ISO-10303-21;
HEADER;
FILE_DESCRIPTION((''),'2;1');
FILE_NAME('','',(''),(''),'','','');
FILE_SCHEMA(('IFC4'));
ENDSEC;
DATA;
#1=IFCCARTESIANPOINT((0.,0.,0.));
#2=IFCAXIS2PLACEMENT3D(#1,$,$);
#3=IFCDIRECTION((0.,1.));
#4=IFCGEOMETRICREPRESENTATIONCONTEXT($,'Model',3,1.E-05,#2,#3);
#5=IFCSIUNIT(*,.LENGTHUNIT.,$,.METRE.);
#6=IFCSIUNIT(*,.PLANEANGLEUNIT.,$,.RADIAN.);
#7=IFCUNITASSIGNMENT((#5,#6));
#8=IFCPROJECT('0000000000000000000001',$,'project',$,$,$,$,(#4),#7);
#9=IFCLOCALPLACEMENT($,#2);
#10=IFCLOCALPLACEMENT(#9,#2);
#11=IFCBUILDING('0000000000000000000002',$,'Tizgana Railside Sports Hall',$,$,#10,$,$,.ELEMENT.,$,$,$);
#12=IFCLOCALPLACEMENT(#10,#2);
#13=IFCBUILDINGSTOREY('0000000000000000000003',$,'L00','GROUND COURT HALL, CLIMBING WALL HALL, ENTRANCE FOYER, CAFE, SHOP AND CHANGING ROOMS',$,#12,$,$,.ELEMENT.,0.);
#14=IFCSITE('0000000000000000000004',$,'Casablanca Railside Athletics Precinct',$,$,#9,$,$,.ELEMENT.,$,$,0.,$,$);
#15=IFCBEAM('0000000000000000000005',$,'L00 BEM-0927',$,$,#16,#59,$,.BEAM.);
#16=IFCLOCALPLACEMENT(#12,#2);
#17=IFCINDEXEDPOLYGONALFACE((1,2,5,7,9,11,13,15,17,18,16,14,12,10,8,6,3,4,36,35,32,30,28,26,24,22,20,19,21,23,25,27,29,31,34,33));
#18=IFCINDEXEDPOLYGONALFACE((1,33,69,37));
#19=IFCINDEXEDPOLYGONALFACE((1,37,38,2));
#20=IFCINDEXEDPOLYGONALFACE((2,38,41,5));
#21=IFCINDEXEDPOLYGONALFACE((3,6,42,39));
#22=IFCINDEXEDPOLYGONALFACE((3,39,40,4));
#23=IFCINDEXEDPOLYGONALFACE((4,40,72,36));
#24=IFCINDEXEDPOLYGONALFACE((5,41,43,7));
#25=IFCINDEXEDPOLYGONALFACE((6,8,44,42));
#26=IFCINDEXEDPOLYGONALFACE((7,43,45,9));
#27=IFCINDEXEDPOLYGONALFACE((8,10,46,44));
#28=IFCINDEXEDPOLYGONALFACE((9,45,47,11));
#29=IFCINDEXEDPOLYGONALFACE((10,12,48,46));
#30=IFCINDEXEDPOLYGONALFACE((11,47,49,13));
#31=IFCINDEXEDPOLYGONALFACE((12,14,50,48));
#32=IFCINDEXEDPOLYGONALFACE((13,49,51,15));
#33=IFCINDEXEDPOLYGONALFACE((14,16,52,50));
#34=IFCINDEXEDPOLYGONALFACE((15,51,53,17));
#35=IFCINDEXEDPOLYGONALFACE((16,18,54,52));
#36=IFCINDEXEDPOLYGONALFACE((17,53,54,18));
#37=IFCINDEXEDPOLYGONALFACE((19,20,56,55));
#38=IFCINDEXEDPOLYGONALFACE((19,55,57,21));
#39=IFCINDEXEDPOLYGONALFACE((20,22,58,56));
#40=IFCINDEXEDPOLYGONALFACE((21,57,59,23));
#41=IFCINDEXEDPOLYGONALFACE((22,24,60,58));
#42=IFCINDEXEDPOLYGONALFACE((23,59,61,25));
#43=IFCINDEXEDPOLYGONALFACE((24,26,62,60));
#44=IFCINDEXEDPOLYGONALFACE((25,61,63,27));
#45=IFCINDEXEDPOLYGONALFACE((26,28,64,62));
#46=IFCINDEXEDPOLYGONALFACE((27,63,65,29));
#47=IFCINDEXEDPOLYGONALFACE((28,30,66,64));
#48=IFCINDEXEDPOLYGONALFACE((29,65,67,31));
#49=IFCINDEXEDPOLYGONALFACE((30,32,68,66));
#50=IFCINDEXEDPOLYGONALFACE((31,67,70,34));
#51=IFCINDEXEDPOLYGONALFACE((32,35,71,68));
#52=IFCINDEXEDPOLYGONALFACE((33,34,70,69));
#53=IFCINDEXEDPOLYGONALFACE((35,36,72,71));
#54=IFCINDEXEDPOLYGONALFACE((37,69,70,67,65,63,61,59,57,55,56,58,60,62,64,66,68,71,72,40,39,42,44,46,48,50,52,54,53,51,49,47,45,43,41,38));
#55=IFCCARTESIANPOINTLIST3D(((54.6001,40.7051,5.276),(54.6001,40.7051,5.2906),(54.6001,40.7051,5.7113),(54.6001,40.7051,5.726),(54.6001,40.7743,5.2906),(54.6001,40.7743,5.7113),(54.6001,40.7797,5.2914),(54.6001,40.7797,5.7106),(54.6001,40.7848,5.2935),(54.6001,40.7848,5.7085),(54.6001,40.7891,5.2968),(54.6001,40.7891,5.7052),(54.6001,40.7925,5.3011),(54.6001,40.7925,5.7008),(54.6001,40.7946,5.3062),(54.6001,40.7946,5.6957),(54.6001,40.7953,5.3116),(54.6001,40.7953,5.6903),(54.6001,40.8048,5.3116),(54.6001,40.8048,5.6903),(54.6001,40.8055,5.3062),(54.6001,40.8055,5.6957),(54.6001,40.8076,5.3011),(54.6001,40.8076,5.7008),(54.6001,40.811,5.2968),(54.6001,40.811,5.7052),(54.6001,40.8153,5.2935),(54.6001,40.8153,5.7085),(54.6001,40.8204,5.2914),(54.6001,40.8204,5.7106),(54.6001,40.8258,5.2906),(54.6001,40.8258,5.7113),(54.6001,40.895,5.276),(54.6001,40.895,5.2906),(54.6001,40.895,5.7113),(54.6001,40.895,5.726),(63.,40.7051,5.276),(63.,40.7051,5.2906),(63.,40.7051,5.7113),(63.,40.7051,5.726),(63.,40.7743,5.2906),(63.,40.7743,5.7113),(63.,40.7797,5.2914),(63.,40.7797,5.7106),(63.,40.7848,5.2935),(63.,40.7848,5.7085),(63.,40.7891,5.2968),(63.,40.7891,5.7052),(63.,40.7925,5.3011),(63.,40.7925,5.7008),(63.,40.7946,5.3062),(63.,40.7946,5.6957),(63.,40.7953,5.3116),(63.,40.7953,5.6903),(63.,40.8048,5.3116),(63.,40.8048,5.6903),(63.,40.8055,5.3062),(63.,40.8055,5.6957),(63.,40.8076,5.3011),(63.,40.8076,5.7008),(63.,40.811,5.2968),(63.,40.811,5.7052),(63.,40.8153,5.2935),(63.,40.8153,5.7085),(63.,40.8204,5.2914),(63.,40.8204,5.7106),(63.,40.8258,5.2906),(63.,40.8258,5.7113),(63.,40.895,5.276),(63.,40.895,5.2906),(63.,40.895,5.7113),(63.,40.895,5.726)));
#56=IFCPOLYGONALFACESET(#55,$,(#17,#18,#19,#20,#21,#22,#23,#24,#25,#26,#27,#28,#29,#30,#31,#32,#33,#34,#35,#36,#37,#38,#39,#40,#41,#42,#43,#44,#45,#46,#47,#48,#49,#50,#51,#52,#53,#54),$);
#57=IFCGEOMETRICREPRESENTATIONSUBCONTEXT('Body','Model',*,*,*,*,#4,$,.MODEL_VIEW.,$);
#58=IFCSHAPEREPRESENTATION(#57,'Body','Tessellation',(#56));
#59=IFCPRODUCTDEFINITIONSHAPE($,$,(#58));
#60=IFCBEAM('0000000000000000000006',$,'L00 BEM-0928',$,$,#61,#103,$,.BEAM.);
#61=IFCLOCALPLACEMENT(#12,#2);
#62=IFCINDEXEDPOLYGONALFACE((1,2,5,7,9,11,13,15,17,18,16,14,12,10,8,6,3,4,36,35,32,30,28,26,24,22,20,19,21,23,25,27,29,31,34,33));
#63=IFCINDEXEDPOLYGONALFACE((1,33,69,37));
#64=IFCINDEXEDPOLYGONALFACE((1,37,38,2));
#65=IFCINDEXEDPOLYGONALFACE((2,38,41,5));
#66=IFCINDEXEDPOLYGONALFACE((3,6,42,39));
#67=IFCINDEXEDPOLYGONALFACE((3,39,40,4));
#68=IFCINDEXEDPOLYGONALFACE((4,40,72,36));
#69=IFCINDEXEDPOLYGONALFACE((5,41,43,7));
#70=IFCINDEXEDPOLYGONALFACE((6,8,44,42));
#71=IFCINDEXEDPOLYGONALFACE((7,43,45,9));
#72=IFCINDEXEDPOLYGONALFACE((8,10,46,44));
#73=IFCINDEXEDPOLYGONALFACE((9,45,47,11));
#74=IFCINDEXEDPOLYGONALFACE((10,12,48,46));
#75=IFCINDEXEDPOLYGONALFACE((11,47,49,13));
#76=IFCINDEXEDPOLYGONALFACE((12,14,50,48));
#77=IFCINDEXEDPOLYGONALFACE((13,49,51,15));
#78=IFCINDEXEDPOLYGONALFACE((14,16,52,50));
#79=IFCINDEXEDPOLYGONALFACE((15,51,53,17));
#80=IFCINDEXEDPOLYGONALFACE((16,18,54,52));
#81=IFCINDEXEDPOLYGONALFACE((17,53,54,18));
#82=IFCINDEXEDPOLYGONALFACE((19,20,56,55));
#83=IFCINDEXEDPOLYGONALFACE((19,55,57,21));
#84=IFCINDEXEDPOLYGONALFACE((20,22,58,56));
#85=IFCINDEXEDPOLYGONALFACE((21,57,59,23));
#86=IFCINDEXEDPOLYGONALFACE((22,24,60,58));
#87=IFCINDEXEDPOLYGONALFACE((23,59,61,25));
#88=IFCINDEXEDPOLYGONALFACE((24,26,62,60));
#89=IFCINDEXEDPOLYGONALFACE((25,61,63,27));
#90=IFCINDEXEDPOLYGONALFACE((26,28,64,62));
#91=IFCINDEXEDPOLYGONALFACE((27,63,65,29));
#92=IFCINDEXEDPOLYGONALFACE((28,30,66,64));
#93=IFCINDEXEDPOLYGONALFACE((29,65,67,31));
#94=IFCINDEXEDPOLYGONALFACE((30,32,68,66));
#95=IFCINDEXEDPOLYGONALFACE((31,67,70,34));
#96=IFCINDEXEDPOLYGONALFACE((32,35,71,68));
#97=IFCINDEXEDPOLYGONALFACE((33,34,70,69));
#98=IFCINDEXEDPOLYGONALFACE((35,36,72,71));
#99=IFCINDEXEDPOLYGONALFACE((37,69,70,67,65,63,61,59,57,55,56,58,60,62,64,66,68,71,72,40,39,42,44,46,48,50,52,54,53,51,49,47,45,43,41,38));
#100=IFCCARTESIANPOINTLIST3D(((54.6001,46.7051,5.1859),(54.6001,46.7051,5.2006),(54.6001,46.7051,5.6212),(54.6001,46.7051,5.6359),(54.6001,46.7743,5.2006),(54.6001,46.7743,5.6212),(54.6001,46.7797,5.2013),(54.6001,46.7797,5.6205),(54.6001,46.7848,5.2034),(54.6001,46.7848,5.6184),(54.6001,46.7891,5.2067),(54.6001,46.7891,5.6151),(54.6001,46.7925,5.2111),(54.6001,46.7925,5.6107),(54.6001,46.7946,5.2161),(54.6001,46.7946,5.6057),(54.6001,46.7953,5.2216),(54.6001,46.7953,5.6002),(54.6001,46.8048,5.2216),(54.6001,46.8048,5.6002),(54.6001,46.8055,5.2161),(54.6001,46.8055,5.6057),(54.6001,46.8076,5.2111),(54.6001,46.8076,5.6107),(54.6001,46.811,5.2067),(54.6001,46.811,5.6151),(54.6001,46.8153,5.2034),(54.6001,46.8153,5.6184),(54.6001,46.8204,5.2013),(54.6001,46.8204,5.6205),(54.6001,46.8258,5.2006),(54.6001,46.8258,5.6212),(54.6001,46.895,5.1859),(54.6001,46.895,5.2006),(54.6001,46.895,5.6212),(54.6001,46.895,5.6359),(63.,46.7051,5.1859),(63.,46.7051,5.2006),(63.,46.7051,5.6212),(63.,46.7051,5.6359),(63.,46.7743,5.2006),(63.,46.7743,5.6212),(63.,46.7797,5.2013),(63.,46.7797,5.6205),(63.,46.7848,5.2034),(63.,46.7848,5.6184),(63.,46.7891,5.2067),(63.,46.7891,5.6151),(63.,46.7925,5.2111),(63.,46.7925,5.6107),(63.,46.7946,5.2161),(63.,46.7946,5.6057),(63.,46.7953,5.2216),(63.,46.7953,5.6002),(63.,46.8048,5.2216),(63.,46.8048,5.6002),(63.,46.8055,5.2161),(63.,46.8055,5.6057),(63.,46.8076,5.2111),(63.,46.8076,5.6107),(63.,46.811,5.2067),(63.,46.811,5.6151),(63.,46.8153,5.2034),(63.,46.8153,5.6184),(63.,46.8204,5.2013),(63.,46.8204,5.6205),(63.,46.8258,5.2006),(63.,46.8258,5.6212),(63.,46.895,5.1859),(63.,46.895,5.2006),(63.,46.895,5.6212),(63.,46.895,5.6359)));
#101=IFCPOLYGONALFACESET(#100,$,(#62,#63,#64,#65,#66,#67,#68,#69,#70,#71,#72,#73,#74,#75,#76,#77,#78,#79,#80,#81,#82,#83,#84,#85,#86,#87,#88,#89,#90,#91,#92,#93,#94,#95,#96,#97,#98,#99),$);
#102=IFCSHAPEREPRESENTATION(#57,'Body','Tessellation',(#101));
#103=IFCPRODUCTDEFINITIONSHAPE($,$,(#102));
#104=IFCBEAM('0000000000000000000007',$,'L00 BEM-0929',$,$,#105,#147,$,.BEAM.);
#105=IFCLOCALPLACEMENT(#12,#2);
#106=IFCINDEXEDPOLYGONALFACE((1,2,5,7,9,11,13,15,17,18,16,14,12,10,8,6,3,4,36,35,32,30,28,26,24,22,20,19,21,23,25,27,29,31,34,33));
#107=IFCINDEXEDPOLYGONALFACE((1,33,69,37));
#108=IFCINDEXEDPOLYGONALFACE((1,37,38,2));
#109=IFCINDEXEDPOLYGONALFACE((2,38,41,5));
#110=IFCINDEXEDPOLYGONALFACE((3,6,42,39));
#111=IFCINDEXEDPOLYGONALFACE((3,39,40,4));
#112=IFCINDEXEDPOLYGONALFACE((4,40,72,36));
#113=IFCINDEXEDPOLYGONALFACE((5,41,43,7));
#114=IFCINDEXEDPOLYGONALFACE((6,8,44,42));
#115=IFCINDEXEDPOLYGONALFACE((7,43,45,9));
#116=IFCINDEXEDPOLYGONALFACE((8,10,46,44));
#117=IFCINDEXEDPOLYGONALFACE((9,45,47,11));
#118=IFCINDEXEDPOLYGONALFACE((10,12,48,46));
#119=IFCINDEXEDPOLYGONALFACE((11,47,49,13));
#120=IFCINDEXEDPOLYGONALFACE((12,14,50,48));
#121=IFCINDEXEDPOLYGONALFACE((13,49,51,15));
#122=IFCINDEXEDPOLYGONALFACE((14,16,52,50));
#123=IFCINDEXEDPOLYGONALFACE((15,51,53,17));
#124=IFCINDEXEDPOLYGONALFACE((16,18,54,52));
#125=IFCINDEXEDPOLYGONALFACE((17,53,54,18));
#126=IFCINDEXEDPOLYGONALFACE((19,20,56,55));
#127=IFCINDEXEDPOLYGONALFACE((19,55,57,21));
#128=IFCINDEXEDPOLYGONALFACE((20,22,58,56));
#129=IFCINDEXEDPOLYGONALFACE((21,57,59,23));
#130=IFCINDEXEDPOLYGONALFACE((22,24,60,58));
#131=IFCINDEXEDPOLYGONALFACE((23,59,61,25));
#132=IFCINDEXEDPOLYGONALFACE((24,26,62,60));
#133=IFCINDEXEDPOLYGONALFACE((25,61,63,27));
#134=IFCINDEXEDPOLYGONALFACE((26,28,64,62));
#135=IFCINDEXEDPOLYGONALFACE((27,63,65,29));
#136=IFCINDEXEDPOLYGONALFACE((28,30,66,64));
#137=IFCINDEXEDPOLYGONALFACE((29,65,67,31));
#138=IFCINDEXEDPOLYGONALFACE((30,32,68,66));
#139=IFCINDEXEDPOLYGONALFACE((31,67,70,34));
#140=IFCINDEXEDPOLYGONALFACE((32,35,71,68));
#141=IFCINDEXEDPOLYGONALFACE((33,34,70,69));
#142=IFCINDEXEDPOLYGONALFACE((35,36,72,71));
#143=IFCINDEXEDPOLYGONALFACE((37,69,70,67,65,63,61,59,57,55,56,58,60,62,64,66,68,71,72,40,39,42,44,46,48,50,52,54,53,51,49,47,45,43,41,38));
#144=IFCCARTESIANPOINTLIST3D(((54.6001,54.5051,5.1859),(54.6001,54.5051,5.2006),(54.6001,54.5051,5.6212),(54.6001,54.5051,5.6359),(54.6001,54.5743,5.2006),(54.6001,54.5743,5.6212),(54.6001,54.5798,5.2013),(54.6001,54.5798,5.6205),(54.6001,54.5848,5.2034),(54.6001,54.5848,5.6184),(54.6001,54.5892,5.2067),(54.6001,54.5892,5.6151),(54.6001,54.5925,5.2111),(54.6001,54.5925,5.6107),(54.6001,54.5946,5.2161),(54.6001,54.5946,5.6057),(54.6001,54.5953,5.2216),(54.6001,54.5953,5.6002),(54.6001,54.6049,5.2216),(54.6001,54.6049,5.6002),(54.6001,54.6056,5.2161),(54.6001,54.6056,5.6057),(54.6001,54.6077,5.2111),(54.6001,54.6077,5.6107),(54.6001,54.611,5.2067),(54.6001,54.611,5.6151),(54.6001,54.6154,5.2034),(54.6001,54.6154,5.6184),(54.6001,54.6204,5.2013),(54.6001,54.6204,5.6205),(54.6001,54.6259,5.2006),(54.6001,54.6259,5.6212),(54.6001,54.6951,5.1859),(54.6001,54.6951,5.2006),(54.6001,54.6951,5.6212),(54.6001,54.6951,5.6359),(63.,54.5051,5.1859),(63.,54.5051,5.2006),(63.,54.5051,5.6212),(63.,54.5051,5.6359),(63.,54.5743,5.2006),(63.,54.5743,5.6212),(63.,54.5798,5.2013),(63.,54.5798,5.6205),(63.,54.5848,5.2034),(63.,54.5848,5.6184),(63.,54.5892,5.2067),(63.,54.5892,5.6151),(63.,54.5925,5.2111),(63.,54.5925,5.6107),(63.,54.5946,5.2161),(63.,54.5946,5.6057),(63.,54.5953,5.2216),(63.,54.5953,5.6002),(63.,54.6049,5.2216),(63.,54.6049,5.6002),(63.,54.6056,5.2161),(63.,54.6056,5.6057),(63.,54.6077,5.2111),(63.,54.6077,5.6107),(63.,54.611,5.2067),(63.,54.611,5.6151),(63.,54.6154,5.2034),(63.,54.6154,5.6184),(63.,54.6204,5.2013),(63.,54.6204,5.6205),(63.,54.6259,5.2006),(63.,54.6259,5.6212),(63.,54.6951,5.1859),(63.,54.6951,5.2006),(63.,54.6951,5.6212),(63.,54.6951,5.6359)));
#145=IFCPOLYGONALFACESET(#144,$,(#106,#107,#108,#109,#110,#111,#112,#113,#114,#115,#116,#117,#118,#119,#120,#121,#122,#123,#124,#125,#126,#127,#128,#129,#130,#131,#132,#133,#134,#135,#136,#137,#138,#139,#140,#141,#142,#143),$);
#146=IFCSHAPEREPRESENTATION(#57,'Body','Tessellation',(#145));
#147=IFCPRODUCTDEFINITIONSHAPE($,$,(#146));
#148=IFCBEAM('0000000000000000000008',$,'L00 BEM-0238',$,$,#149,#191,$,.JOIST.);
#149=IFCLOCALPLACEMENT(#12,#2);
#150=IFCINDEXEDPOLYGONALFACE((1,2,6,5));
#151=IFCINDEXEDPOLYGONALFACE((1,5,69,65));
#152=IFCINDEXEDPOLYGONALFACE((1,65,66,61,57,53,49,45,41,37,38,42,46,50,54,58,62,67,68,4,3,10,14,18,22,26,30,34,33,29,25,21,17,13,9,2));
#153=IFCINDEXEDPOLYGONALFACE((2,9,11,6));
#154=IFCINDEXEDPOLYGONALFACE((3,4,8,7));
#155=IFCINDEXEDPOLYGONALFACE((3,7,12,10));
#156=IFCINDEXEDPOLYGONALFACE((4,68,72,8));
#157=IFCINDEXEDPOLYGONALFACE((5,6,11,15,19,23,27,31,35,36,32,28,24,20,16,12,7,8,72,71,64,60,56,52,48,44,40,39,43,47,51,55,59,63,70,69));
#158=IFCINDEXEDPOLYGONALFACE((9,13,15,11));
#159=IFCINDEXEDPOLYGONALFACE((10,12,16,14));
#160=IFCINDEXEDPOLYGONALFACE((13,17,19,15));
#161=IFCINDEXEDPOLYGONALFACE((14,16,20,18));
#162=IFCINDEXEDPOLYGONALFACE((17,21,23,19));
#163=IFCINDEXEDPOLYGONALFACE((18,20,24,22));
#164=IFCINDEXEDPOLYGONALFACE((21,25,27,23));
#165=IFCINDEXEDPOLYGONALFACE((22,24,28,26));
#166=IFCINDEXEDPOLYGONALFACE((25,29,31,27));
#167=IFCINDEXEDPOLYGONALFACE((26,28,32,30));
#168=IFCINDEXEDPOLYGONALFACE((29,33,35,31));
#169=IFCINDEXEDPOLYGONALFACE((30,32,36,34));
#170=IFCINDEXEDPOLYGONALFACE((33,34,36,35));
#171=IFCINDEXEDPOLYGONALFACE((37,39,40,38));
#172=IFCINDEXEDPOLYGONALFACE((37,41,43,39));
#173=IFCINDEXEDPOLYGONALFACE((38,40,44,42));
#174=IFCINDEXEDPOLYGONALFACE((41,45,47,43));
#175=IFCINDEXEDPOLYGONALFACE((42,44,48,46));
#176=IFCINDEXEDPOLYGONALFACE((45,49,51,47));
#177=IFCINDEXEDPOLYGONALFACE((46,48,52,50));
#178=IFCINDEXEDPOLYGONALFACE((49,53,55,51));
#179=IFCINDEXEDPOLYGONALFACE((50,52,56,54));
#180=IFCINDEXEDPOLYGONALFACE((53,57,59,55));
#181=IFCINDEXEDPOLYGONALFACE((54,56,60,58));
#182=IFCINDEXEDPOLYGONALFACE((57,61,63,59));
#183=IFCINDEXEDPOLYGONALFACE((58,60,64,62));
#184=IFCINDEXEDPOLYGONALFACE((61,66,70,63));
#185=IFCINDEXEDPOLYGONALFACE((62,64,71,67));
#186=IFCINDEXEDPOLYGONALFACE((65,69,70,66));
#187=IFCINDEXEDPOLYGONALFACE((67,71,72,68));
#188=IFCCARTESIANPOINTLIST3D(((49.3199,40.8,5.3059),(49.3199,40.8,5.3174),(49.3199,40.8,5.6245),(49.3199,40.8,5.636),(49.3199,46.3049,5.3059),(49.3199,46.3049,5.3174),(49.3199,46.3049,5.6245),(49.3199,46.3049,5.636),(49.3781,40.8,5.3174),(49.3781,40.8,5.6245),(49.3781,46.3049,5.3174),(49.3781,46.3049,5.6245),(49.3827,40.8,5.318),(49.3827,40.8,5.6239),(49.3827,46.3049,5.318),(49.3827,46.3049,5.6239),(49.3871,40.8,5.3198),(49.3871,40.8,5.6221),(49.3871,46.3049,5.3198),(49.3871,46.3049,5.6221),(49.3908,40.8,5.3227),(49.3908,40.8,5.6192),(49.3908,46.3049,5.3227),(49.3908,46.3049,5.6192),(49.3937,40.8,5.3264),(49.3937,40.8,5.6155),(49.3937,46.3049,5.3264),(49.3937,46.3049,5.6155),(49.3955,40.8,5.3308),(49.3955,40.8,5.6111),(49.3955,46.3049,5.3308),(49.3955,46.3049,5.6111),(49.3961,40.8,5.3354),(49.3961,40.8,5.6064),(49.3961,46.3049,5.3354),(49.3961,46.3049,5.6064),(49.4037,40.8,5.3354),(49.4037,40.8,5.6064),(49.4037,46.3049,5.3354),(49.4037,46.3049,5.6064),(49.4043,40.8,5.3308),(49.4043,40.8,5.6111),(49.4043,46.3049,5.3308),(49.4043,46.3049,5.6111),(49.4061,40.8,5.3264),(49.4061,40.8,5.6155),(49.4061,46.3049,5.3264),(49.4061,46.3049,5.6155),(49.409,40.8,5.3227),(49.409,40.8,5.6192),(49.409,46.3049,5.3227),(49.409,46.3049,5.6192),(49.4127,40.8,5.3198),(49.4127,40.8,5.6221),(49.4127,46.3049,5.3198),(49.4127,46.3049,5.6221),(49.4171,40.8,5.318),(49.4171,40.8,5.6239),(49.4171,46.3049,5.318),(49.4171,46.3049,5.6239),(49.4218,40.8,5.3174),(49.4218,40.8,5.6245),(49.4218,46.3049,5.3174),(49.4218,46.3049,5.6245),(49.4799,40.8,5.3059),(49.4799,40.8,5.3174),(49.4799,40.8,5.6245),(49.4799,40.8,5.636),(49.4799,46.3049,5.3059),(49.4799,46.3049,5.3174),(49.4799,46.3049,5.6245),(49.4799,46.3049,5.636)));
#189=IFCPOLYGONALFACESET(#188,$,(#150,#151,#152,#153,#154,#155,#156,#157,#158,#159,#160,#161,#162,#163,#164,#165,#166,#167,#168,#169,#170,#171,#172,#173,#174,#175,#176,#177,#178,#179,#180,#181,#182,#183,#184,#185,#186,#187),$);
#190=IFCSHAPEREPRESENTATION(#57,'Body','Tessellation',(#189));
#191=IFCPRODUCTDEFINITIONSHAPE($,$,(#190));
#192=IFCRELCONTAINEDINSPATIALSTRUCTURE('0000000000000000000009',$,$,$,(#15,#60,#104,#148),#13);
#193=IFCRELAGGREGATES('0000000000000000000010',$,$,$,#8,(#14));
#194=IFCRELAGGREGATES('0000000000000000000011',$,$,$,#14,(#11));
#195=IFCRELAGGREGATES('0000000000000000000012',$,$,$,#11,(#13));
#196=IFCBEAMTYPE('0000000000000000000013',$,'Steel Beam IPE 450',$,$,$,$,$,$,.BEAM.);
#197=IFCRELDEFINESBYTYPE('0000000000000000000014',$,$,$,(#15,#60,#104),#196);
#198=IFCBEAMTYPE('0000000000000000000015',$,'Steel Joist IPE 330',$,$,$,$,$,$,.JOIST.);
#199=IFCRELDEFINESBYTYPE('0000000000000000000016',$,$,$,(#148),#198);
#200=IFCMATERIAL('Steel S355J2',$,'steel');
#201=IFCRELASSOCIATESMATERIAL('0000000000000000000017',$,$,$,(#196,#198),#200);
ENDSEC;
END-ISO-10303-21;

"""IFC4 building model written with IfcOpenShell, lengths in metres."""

from ifc_helpers import new_model, si_unit, direction, frame, origin, origin_2d, place, context, subcontext, project, spatial, i_section, extrude, material, material_profile, profile_set, type_object, element, save


model = new_model("IFC4")

# Units and contexts
model_context = context("Model", 3, precision=1e-05, world=origin(), true_north=direction((0.0, 1.0)))
body_context = subcontext(model_context, "Body", "Model", "MODEL_VIEW")
ifc_project = project(units=[si_unit("LENGTHUNIT", "METRE"), si_unit("PLANEANGLEUNIT", "RADIAN")], contexts=[model_context])

# Site, building, storey
site_placement = place(None, origin())
site = spatial("IfcSite", under=ifc_project, at=site_placement, Name="Casablanca Railside Athletics Precinct", CompositionType="ELEMENT", RefElevation=0.0)
building_placement = place(site_placement, origin())
building = spatial("IfcBuilding", under=site, at=building_placement, Name="Tizgana Railside Sports Hall", CompositionType="ELEMENT")
storey_placement = place(building_placement, origin())
storey = spatial("IfcBuildingStorey", under=building, at=storey_placement, Name="L00", Description="GROUND COURT HALL, CLIMBING WALL HALL, ENTRANCE FOYER, CAFE, SHOP AND CHANGING ROOMS", CompositionType="ELEMENT", Elevation=0.0)

# Shared definitions
ifc_material_1 = material(Name="Steel S355J2", Category="steel")

# Beams
ifc_material_profile_1 = material_profile(ifc_material_1, i_section(OverallWidth=0.1899, OverallDepth=0.45, WebThickness=0.0095, FlangeThickness=0.0146, FilletRadius=0.021, at=origin_2d()), Name="IPE 450")
ifc_profile_set_1 = profile_set([ifc_material_profile_1], Name="Steel S355J2")
beam_type_1 = type_object("IfcBeamType", Name="Steel Beam IPE 450", PredefinedType="BEAM", material=ifc_profile_set_1)
for number, where, z_axis, x_axis, name in (
    (1, (54.6001, 40.8, 5.501), (1.0, 0.0, 0.0), (0.0, 1.0, 0.0), "L00 BEM-0927"),
    (2, (54.6001, 46.8, 5.4109), (1.0, 0.0, 0.0), (0.0, 1.0, 0.0), "L00 BEM-0928"),
    (3, (54.6001, 54.6001, 5.4109), (1.0, 0.0, 0.0), (0.0, 1.0, 0.0), "L00 BEM-0929"),
):
    element("IfcBeam", number, at=place(storey_placement, frame(where, z_axis=z_axis, x_axis=x_axis)), inside=storey, type_object=beam_type_1, Name=name, PredefinedType="BEAM", context=body_context, shape_type="SweptSolid", body=[
        extrude(i_section(OverallWidth=0.1899, OverallDepth=0.45, WebThickness=0.0095, FlangeThickness=0.0146, FilletRadius=0.021, at=origin_2d()), origin(), (0.0, 0.0, 1.0), 8.3999),
    ])
ifc_material_profile_2 = material_profile(ifc_material_1, i_section(OverallWidth=0.1599, OverallDepth=0.3301, WebThickness=0.0076, FlangeThickness=0.0115, FilletRadius=0.0181, at=origin_2d()), Name="IPE 330")
ifc_profile_set_2 = profile_set([ifc_material_profile_2], Name="Steel S355J2")
beam_type_2 = type_object("IfcBeamType", Name="Steel Joist IPE 330", PredefinedType="JOIST", material=ifc_profile_set_2)
beam_1_placement = place(storey_placement, frame((49.3999, 40.8, 5.4709), z_axis=(0.0, 1.0, 0.0), x_axis=(-1.0, 0.0, 0.0)))
element("IfcBeam", 4, at=beam_1_placement, inside=storey, type_object=beam_type_2, Name="L00 BEM-0238", PredefinedType="JOIST", context=body_context, shape_type="SweptSolid", body=[
    extrude(i_section(OverallWidth=0.1599, OverallDepth=0.3301, WebThickness=0.0076, FlangeThickness=0.0115, FilletRadius=0.0181, at=origin_2d()), origin(), (0.0, 0.0, 1.0), 5.5049),
])

save(model, "model.ifc")
